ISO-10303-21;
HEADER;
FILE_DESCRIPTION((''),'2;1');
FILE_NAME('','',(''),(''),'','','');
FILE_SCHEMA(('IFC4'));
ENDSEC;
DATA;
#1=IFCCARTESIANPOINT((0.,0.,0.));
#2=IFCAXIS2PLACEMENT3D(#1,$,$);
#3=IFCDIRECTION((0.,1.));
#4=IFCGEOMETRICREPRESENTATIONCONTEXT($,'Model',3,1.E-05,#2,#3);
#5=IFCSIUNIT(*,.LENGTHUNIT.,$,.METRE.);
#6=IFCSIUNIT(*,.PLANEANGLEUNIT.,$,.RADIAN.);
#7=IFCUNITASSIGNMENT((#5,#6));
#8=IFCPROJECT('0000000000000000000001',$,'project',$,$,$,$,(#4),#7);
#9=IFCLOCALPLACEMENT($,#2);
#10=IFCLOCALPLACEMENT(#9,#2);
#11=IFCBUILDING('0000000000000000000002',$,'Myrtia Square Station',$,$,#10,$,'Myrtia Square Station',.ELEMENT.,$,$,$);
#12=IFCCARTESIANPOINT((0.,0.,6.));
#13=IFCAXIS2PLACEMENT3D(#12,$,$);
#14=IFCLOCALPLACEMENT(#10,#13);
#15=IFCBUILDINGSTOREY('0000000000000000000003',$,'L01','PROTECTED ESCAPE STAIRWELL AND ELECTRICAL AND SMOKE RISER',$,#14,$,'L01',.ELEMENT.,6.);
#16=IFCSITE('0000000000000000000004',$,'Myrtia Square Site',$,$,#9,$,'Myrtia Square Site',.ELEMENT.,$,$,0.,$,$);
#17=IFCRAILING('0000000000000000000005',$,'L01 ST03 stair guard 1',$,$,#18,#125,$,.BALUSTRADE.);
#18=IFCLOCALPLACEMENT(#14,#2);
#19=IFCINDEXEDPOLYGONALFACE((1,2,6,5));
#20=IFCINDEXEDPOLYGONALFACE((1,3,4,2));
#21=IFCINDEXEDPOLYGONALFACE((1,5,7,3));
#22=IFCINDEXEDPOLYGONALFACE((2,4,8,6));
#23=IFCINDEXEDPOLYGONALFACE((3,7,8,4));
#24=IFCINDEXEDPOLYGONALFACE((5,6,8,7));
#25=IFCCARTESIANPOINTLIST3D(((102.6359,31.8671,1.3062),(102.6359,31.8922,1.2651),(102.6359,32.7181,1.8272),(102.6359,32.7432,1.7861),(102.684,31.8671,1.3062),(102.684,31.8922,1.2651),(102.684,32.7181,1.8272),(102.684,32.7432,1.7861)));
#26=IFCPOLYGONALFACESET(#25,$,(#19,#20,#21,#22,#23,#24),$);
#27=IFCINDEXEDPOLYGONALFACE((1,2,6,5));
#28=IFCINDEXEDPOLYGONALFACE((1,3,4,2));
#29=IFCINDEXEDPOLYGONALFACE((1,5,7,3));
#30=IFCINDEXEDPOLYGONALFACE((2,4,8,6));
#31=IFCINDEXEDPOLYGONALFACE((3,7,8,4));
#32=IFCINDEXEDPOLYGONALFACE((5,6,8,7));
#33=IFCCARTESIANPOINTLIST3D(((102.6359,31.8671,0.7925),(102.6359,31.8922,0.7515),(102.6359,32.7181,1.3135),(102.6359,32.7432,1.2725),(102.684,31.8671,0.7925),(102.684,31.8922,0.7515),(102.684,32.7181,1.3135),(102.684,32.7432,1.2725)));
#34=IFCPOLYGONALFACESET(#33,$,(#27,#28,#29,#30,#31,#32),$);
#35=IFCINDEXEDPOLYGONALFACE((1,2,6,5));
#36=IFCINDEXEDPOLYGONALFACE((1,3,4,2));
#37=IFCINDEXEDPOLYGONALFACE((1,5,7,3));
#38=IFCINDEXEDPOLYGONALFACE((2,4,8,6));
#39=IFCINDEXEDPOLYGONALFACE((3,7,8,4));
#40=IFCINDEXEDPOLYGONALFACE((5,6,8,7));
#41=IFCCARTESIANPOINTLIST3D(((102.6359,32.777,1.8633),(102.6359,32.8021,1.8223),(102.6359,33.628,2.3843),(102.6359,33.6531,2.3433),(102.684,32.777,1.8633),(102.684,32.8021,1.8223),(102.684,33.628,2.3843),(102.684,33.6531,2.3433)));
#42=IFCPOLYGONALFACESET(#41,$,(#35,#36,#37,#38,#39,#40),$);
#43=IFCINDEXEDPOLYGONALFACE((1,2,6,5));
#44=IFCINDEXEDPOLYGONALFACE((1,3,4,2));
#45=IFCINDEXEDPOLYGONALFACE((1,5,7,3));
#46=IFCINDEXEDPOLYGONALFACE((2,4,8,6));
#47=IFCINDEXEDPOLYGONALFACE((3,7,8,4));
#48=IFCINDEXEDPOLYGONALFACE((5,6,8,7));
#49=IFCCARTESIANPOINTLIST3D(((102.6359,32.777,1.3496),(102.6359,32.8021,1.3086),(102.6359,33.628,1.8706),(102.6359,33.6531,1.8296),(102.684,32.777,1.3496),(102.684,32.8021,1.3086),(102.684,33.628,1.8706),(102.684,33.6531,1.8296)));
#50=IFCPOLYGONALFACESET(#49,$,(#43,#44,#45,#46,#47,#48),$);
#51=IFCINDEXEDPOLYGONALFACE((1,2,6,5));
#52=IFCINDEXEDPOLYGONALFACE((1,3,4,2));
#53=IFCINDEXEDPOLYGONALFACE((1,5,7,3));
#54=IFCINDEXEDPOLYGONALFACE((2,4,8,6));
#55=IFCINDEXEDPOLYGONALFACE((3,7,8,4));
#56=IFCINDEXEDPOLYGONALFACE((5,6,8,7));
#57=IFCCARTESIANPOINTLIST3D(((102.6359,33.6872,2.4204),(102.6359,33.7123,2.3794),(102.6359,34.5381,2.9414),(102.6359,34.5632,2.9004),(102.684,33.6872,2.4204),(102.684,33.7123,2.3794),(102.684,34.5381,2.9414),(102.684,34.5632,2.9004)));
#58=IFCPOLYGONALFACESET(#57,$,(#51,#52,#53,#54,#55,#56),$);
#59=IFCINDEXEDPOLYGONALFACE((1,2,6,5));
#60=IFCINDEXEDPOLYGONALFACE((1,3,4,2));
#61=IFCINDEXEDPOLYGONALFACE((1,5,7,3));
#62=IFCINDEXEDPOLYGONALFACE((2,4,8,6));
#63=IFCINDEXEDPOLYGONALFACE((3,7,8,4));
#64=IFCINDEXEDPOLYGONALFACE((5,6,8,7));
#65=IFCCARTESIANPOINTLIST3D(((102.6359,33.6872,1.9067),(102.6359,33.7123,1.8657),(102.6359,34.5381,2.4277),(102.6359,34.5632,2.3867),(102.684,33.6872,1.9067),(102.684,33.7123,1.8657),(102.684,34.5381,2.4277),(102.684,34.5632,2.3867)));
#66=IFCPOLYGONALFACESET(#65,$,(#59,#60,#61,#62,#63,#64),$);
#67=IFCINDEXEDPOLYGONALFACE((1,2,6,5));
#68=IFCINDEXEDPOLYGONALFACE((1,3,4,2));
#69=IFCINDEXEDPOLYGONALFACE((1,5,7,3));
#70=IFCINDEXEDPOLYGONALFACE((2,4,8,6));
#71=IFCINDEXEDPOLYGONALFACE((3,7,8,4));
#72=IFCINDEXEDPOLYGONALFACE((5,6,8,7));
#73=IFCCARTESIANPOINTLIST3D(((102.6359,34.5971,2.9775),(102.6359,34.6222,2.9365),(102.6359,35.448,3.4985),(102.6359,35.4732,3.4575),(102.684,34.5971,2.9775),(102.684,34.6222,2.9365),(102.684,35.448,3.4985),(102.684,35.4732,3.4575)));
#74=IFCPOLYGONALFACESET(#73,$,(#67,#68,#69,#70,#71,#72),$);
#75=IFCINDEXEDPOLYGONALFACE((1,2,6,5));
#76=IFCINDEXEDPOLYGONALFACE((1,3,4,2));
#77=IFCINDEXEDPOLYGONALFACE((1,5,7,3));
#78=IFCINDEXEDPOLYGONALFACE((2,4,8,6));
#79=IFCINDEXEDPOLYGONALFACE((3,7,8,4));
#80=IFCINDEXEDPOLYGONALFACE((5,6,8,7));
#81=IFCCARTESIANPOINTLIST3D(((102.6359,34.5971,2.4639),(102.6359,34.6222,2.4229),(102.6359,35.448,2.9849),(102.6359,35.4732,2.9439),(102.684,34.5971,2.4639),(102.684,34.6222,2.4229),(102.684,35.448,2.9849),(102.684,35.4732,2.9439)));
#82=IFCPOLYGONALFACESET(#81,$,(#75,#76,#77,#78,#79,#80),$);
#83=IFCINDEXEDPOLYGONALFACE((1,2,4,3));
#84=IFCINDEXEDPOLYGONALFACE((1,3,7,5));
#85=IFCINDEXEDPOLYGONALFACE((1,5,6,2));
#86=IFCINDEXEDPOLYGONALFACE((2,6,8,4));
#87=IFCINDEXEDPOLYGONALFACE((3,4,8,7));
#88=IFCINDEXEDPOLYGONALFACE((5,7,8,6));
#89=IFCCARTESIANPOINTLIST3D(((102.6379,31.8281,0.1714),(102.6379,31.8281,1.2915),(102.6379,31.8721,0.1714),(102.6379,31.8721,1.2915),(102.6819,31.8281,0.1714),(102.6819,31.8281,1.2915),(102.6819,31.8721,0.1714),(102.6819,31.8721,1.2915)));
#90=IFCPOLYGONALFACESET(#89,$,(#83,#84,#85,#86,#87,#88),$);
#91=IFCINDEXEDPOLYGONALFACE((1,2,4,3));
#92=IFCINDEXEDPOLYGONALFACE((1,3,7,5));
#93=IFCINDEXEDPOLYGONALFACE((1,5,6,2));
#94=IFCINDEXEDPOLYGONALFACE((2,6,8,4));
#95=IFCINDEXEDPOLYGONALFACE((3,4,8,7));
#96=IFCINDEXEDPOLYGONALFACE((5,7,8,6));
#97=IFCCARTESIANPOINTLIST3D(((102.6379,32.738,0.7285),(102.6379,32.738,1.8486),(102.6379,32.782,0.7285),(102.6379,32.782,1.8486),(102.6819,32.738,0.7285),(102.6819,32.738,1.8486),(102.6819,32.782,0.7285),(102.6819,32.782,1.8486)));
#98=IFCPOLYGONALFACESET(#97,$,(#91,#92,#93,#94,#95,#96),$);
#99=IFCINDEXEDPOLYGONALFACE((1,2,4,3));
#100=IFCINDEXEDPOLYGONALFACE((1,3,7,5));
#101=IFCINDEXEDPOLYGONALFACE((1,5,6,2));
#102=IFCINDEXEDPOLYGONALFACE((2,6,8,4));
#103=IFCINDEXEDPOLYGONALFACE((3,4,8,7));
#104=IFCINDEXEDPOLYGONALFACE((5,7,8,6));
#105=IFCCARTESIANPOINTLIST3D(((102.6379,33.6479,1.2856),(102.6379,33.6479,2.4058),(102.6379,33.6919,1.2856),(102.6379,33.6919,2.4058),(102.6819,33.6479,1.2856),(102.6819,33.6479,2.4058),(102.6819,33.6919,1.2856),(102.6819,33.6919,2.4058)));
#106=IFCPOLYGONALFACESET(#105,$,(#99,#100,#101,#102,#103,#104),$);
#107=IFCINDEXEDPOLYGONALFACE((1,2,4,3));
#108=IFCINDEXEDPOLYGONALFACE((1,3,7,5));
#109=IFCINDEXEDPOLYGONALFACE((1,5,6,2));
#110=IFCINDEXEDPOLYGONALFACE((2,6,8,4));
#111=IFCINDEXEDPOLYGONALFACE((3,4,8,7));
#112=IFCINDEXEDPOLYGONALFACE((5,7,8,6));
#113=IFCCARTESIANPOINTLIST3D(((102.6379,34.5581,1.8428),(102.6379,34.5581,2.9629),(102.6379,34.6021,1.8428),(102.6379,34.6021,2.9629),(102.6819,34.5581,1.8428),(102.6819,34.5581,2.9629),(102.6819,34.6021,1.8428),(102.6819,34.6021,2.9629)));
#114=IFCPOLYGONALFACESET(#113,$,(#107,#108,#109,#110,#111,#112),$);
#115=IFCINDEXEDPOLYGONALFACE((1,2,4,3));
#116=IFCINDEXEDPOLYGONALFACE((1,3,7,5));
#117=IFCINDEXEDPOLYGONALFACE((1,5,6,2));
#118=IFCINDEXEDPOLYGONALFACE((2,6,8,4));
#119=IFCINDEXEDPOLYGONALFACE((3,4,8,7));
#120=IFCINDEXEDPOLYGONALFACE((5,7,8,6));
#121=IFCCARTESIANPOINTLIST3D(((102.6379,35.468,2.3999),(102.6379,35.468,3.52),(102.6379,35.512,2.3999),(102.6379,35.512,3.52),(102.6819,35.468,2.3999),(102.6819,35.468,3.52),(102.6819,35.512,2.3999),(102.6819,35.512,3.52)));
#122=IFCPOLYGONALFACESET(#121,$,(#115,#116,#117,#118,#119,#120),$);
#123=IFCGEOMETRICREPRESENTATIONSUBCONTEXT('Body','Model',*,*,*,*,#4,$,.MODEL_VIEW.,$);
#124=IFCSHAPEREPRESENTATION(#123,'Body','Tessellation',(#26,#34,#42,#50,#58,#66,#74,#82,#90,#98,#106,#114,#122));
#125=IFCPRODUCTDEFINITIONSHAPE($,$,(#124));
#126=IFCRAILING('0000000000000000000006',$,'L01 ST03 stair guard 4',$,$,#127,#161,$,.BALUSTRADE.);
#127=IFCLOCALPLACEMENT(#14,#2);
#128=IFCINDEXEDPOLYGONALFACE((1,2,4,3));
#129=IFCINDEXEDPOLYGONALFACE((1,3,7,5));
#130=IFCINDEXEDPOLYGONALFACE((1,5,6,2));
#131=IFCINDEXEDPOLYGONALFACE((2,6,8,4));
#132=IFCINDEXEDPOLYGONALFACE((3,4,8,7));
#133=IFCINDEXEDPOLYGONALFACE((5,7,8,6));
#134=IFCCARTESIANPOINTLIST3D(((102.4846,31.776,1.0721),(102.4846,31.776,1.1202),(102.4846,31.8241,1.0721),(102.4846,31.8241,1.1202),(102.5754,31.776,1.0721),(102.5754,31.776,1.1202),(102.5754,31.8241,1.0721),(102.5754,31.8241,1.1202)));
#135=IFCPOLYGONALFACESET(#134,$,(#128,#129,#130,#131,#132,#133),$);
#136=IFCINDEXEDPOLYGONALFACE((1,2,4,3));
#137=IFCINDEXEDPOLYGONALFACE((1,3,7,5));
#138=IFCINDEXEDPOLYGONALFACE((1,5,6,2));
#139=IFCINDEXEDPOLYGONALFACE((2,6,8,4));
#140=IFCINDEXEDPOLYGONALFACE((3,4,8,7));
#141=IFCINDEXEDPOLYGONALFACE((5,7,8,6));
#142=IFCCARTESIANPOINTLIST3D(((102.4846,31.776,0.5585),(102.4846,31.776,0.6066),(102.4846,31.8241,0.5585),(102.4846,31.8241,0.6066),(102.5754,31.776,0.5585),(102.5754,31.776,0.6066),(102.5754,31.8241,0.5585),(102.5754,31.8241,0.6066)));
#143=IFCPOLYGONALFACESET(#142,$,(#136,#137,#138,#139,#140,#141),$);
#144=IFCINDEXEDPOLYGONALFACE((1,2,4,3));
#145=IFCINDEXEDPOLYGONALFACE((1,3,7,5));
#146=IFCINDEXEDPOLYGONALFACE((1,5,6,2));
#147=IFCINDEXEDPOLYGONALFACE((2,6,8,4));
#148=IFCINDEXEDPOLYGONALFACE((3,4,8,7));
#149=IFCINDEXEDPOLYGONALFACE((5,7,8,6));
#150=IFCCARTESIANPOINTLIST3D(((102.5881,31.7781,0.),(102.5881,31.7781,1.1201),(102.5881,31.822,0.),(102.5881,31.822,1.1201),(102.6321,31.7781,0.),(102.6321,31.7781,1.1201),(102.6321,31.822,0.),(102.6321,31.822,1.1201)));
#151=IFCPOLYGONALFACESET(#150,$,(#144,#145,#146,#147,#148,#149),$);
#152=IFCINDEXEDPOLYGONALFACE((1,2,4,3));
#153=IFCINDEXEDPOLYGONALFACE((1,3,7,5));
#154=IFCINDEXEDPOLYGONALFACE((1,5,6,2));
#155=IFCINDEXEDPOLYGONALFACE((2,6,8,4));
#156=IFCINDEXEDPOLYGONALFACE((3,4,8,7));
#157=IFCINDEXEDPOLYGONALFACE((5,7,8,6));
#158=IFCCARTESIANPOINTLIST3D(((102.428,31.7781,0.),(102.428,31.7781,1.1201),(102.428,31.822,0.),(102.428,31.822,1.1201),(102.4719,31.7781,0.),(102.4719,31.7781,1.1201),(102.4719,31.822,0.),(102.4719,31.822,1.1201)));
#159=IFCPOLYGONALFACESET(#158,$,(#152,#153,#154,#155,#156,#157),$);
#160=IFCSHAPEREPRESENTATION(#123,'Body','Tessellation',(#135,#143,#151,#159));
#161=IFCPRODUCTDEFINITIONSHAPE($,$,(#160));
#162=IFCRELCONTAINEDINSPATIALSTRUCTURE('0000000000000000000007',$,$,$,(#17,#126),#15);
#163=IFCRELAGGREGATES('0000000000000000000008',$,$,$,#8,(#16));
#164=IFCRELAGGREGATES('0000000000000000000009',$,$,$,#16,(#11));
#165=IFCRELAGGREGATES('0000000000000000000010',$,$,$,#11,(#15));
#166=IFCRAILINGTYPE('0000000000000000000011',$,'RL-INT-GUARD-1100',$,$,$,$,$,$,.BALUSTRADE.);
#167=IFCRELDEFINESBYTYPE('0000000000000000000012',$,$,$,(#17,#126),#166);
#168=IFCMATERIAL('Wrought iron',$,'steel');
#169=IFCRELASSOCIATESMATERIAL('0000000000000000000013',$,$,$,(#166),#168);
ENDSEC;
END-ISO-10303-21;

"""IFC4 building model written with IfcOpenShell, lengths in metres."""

from ifc_helpers import new_model, si_unit, direction, frame, origin, origin_2d, place, context, subcontext, project, spatial, rectangle, extrude, material, type_object, element, save


model = new_model("IFC4")

# Units and contexts
model_context = context("Model", 3, precision=1e-05, world=origin(), true_north=direction((0.0, 1.0)))
body_context = subcontext(model_context, "Body", "Model", "MODEL_VIEW")
ifc_project = project(units=[si_unit("LENGTHUNIT", "METRE"), si_unit("PLANEANGLEUNIT", "RADIAN")], contexts=[model_context])

# Site, building, storey
site_placement = place(None, origin())
site = spatial("IfcSite", under=ifc_project, at=site_placement, Name="Myrtia Square Site", LongName="Myrtia Square Site", CompositionType="ELEMENT", RefElevation=0.0)
building_placement = place(site_placement, origin())
building = spatial("IfcBuilding", under=site, at=building_placement, Name="Myrtia Square Station", LongName="Myrtia Square Station", CompositionType="ELEMENT")
storey_placement = place(building_placement, frame((0.0, 0.0, 6.0)))
storey = spatial("IfcBuildingStorey", under=building, at=storey_placement, Name="L01", Description="PROTECTED ESCAPE STAIRWELL AND ELECTRICAL AND SMOKE RISER", LongName="L01", CompositionType="ELEMENT", Elevation=6.0)

# Railings
ifc_material_1 = material(Name="Wrought iron", Category="steel")
railing_type_1 = type_object("IfcRailingType", Name="RL-INT-GUARD-1100", PredefinedType="BALUSTRADE", material=ifc_material_1)
railing_1_placement = place(storey_placement, frame((102.6599, 31.8501, 0.1714)))
element("IfcRailing", 1, at=railing_1_placement, inside=storey, type_object=railing_type_1, Name="L01 ST03 stair guard 1", PredefinedType="BALUSTRADE", context=body_context, shape_type="SweptSolid", body=[
    extrude(rectangle(XDim=0.0481, YDim=0.0481, at=origin_2d()), frame((0.0, 0.0295, 1.1143), z_axis=(0.0, 0.85285, 0.522156), x_axis=(-1.0, 0.0, 0.0)), (0.0, 0.0, 1.0), 0.9978),
    extrude(rectangle(XDim=0.0481, YDim=0.0481, at=origin_2d()), frame((0.0, 0.0295, 0.6006), z_axis=(0.0, 0.85285, 0.522156), x_axis=(-1.0, 0.0, 0.0)), (0.0, 0.0, 1.0), 0.9978),
    extrude(rectangle(XDim=0.0481, YDim=0.0481, at=origin_2d()), frame((0.0, 0.9395, 1.6714), z_axis=(0.0, 0.85285, 0.522156), x_axis=(-1.0, 0.0, 0.0)), (0.0, 0.0, 1.0), 0.9978),
    extrude(rectangle(XDim=0.0481, YDim=0.0481, at=origin_2d()), frame((0.0, 0.9395, 1.1577), z_axis=(0.0, 0.85285, 0.522156), x_axis=(-1.0, 0.0, 0.0)), (0.0, 0.0, 1.0), 0.9978),
    extrude(rectangle(XDim=0.0481, YDim=0.0481, at=origin_2d()), frame((0.0, 1.8496, 2.2285), z_axis=(0.0, 0.85285, 0.522156), x_axis=(-1.0, 0.0, 0.0)), (0.0, 0.0, 1.0), 0.9978),
    extrude(rectangle(XDim=0.0481, YDim=0.0481, at=origin_2d()), frame((0.0, 1.8496, 1.7148), z_axis=(0.0, 0.85285, 0.522156), x_axis=(-1.0, 0.0, 0.0)), (0.0, 0.0, 1.0), 0.9978),
    extrude(rectangle(XDim=0.0481, YDim=0.0481, at=origin_2d()), frame((0.0, 2.7595, 2.7856), z_axis=(0.0, 0.85285, 0.522156), x_axis=(-1.0, 0.0, 0.0)), (0.0, 0.0, 1.0), 0.9978),
    extrude(rectangle(XDim=0.0481, YDim=0.0481, at=origin_2d()), frame((0.0, 2.7595, 2.272), z_axis=(0.0, 0.85285, 0.522156), x_axis=(-1.0, 0.0, 0.0)), (0.0, 0.0, 1.0), 0.9978),
    extrude(rectangle(XDim=0.0439, YDim=0.0439, at=origin_2d()), origin(), (0.0, 0.0, 1.0), 1.1201),
    extrude(rectangle(XDim=0.0439, YDim=0.0439, at=origin_2d()), frame((0.0, 0.9099, 0.5571)), (0.0, 0.0, 1.0), 1.1201),
    extrude(rectangle(XDim=0.0439, YDim=0.0439, at=origin_2d()), frame((0.0, 1.8198, 1.1143)), (0.0, 0.0, 1.0), 1.1201),
    extrude(rectangle(XDim=0.0439, YDim=0.0439, at=origin_2d()), frame((0.0, 2.73, 1.6714)), (0.0, 0.0, 1.0), 1.1201),
    extrude(rectangle(XDim=0.0439, YDim=0.0439, at=origin_2d()), frame((0.0, 3.6399, 2.2285)), (0.0, 0.0, 1.0), 1.1201),
])
railing_2_placement = place(storey_placement, frame((102.6101, 31.8, 0.0)))
element("IfcRailing", 2, at=railing_2_placement, inside=storey, type_object=railing_type_1, Name="L01 ST03 stair guard 4", PredefinedType="BALUSTRADE", context=body_context, shape_type="SweptSolid", body=[
    extrude(rectangle(XDim=0.0481, YDim=0.0481, at=origin_2d()), frame((-0.0347, 0.0, 1.0962), z_axis=(-1.0, 0.0, 0.0), x_axis=(0.0, -1.0, 0.0)), (0.0, 0.0, 1.0), 0.0908),
    extrude(rectangle(XDim=0.0481, YDim=0.0481, at=origin_2d()), frame((-0.0347, 0.0, 0.5825), z_axis=(-1.0, 0.0, 0.0), x_axis=(0.0, -1.0, 0.0)), (0.0, 0.0, 1.0), 0.0908),
    extrude(rectangle(XDim=0.0439, YDim=0.0439, at=origin_2d()), origin(), (0.0, 0.0, 1.0), 1.1201),
    extrude(rectangle(XDim=0.0439, YDim=0.0439, at=origin_2d()), frame((-0.1602, 0.0, 0.0)), (0.0, 0.0, 1.0), 1.1201),
])

save(model, "model.ifc")
